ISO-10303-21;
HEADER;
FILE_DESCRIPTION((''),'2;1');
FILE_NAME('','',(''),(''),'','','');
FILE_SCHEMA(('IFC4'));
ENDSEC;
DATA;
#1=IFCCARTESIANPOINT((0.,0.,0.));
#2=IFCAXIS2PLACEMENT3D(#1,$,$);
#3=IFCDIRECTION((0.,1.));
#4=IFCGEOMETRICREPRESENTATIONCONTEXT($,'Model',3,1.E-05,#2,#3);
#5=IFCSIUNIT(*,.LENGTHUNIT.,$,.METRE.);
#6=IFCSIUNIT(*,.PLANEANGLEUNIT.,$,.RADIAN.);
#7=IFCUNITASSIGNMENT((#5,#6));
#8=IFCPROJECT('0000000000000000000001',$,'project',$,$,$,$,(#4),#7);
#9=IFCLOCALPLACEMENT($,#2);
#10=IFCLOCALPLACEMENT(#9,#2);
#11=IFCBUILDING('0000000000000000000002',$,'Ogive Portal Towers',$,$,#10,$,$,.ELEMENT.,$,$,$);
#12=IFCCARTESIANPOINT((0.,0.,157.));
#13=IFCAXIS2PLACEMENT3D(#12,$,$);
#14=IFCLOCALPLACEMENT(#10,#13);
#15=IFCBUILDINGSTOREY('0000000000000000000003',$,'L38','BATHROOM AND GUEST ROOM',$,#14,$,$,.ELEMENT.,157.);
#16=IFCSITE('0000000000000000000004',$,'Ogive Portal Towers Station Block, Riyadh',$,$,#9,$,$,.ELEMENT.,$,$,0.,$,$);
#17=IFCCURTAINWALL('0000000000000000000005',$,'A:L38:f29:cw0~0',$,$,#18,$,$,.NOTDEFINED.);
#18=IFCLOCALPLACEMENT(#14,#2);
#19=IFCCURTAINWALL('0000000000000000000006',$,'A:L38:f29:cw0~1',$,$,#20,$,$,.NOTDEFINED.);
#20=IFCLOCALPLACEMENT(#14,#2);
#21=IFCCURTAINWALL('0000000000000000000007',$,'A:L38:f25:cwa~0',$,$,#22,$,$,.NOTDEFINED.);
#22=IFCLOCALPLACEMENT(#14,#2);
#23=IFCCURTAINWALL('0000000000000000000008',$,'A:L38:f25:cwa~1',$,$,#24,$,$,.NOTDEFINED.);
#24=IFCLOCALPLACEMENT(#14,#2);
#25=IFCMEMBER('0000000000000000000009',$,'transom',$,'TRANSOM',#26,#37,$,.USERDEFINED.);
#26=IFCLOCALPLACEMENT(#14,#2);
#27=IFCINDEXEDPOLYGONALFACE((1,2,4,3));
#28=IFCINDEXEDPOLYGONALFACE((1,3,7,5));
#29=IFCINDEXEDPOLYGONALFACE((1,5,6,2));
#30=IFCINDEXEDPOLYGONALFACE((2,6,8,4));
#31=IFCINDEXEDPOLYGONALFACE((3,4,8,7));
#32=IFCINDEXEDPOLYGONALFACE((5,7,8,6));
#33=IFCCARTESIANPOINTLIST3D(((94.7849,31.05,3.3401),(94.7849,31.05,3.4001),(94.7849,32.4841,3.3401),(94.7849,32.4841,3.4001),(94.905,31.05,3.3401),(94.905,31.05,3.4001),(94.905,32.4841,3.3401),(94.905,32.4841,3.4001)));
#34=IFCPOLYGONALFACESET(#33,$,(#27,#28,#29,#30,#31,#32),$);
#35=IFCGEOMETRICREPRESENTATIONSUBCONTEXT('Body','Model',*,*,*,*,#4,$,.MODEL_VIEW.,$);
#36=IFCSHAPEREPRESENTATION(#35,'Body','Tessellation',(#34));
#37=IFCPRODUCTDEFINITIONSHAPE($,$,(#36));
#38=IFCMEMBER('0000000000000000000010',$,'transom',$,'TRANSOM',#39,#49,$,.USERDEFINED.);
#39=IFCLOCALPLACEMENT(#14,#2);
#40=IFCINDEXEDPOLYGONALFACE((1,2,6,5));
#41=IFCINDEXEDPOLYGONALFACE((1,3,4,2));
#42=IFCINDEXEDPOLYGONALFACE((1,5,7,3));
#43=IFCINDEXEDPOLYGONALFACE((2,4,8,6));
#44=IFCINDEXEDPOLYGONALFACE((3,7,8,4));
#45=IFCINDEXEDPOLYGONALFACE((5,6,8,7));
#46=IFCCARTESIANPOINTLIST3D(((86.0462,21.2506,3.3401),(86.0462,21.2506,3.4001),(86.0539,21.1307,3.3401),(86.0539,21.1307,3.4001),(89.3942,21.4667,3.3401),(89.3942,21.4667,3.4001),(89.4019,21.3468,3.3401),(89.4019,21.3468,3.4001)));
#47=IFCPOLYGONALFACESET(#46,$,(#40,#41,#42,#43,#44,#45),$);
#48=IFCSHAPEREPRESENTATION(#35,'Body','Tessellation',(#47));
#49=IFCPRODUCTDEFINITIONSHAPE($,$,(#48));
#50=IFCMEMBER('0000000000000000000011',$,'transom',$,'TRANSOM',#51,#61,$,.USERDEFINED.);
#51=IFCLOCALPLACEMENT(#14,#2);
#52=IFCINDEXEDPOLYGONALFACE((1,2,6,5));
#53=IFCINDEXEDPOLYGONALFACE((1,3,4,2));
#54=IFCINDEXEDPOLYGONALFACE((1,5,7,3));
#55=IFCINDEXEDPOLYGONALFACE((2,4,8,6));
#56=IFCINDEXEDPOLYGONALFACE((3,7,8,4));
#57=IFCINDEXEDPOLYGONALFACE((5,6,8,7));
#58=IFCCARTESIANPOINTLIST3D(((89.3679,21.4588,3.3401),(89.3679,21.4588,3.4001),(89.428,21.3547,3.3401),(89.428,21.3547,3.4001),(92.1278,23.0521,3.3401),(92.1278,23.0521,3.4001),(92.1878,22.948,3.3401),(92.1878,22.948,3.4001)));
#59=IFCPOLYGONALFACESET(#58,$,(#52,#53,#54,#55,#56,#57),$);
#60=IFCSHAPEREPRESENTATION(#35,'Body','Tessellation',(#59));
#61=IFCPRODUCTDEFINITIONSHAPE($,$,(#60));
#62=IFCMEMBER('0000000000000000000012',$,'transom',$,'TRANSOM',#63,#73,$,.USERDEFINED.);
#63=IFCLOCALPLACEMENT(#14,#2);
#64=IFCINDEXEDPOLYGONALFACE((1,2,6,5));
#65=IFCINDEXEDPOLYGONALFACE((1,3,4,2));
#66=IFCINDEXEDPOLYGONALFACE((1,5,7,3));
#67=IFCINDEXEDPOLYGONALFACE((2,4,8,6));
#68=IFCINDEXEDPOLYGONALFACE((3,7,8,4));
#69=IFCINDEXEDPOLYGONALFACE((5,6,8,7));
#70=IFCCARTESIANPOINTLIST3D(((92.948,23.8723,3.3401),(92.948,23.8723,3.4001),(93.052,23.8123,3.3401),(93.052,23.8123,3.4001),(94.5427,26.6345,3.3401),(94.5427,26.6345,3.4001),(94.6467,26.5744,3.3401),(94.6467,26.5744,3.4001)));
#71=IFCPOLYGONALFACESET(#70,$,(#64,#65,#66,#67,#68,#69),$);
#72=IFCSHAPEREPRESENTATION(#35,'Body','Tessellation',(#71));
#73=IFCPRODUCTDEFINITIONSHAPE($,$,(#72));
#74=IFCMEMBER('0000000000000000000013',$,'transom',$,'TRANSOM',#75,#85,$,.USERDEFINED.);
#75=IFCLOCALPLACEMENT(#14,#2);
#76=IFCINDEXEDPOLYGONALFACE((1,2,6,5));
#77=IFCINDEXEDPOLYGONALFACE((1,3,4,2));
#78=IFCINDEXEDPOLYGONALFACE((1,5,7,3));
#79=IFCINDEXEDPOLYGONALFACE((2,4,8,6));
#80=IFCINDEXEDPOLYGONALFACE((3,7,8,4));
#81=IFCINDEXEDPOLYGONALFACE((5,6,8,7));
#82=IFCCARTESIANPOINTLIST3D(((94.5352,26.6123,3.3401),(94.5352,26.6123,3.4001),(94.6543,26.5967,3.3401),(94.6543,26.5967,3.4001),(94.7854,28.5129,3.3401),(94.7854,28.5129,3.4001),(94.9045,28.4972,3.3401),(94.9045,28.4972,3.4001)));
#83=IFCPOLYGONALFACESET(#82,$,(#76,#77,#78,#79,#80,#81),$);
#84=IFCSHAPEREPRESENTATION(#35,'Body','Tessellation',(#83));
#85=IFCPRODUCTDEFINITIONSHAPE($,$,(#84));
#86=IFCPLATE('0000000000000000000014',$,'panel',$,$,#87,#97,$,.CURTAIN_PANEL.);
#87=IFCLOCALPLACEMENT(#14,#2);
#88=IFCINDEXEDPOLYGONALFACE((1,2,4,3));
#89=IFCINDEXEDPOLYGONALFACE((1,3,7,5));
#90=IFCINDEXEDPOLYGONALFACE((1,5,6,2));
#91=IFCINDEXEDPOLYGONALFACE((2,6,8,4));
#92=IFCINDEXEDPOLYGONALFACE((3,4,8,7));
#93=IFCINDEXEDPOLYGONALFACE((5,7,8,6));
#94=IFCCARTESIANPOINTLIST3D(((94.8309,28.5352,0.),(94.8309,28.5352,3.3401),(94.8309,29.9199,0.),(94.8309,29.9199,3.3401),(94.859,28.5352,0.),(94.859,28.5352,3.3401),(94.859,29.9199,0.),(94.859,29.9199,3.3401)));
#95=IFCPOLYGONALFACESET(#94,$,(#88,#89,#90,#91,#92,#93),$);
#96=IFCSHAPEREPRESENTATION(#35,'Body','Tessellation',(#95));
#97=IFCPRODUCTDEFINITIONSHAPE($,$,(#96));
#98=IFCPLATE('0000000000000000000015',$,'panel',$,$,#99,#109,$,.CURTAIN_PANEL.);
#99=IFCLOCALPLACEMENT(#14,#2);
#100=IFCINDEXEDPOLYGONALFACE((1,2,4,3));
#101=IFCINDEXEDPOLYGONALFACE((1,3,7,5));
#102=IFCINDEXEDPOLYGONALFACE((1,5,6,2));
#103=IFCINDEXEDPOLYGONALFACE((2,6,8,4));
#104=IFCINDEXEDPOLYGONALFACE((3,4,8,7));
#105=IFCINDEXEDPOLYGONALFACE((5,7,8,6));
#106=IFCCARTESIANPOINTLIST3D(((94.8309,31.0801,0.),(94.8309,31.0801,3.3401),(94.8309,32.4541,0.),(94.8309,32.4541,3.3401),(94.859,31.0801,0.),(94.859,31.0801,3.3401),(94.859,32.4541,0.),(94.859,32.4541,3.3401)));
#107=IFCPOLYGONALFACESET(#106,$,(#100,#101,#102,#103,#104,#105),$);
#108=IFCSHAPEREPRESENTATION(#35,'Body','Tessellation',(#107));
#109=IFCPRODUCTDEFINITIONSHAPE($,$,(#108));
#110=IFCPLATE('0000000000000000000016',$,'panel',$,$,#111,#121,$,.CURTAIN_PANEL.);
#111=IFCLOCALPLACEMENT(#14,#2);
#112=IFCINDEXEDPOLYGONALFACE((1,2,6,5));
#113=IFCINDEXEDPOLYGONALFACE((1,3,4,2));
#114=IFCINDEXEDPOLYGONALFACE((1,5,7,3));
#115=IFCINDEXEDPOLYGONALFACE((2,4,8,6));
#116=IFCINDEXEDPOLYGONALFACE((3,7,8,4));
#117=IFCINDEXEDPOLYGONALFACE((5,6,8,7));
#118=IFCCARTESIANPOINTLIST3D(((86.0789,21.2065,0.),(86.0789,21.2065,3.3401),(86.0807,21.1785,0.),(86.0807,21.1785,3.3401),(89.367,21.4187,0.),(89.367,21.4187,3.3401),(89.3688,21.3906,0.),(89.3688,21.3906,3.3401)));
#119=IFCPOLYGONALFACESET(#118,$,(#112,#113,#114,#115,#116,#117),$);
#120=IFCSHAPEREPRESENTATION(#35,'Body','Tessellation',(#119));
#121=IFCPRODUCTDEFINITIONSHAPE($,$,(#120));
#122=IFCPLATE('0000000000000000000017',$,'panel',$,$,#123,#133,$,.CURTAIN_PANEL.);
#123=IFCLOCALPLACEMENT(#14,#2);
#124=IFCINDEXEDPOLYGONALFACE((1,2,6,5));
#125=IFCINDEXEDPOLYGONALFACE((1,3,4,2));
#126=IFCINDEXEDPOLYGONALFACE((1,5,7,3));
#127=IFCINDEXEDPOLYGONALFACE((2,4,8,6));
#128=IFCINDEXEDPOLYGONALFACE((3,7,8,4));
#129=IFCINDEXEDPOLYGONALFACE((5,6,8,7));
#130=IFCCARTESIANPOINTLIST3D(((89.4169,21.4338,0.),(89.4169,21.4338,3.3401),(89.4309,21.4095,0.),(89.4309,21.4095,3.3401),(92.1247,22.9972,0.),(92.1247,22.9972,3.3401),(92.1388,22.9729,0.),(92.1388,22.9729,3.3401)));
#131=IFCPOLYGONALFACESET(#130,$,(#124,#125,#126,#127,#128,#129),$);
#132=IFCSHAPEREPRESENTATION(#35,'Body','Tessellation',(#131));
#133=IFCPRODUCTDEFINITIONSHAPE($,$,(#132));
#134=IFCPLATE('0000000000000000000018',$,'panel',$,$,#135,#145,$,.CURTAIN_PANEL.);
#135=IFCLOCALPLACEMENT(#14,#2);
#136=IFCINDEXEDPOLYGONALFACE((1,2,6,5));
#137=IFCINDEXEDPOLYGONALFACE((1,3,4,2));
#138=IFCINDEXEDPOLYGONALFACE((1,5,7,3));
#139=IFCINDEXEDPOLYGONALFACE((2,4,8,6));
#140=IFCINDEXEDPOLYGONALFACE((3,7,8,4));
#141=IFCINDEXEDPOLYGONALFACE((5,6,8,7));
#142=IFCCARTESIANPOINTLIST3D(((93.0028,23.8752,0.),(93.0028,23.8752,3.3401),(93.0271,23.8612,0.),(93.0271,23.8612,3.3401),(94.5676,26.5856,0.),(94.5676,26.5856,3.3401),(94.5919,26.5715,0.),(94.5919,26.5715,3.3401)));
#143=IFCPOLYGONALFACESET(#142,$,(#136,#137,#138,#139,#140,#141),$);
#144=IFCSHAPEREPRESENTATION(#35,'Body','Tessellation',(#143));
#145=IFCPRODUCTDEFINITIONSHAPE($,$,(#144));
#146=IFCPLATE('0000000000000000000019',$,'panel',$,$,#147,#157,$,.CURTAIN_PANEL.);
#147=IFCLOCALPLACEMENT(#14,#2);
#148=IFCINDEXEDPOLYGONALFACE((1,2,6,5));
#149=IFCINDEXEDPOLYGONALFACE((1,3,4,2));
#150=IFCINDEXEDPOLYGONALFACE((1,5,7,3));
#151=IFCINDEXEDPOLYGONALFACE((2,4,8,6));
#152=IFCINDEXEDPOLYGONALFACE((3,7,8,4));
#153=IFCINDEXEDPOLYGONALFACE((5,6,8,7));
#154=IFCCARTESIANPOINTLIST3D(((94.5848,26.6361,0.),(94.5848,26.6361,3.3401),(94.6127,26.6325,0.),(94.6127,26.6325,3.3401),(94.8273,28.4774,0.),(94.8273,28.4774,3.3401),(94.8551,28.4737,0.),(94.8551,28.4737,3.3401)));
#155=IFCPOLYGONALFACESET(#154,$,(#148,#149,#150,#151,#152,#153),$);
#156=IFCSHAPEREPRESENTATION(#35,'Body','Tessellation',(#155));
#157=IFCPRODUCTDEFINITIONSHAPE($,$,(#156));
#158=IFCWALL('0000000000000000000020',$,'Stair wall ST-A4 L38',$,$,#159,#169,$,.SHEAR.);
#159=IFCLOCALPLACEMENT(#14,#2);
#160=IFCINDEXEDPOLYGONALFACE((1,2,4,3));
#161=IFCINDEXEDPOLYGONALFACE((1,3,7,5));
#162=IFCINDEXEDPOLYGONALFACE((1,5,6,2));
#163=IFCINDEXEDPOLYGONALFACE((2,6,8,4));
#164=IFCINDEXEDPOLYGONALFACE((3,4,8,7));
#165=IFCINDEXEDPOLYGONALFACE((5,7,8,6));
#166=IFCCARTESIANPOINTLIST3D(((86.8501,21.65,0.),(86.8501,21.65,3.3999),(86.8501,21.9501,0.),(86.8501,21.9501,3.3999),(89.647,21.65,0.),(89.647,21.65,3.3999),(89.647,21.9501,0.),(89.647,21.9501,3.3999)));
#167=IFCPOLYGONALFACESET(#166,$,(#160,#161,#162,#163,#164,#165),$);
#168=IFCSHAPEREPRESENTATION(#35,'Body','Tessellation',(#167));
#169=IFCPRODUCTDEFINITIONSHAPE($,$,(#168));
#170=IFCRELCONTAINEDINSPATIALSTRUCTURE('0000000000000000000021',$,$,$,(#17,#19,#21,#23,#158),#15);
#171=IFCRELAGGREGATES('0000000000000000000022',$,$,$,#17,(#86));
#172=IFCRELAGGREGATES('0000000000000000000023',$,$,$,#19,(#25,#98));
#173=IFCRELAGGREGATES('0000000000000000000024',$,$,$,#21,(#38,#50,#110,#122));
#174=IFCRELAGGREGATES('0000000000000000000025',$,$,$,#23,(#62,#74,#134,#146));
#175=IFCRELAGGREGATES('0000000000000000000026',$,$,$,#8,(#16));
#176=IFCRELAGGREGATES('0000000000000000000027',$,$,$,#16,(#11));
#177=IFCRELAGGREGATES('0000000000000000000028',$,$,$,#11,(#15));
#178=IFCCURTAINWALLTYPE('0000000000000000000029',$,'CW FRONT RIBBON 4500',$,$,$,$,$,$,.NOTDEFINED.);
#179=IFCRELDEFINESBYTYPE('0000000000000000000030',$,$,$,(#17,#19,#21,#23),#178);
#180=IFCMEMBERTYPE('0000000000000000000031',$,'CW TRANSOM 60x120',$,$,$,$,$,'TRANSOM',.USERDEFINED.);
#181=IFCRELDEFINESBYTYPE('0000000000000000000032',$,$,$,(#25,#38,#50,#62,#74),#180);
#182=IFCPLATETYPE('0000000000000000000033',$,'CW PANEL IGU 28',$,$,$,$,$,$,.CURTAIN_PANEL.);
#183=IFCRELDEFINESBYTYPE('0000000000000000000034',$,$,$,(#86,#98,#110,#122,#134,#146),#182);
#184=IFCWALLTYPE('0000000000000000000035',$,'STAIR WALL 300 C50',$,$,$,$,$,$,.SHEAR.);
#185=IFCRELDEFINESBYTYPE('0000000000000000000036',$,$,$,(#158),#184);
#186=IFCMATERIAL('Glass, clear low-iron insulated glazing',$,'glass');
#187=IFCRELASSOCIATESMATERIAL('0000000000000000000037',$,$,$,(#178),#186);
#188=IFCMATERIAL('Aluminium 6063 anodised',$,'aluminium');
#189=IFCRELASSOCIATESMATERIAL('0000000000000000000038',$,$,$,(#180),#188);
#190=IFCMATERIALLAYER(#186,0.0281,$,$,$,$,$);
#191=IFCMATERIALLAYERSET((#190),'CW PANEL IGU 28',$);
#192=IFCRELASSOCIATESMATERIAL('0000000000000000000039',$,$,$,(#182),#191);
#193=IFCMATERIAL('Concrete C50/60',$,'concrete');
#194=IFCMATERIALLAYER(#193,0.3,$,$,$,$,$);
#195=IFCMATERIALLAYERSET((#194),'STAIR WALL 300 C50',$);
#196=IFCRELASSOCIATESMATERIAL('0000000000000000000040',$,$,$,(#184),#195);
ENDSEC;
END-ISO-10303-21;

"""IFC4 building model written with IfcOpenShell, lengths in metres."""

from ifc_helpers import new_model, si_unit, direction, frame, frame_2d, origin, origin_2d, place, context, subcontext, project, spatial, rectangle, extrude, material, layer, layer_set, material_profile, profile_set, type_object, element, aggregate, save


model = new_model("IFC4")

# Units and contexts
model_context = context("Model", 3, precision=1e-05, world=origin(), true_north=direction((0.0, 1.0)))
body_context = subcontext(model_context, "Body", "Model", "MODEL_VIEW")
ifc_project = project(units=[si_unit("LENGTHUNIT", "METRE"), si_unit("PLANEANGLEUNIT", "RADIAN")], contexts=[model_context])

# Site, building, storey
site_placement = place(None, origin())
site = spatial("IfcSite", under=ifc_project, at=site_placement, Name="Ogive Portal Towers Station Block, Riyadh", CompositionType="ELEMENT", RefElevation=0.0)
building_placement = place(site_placement, origin())
building = spatial("IfcBuilding", under=site, at=building_placement, Name="Ogive Portal Towers", CompositionType="ELEMENT")
storey_placement = place(building_placement, frame((0.0, 0.0, 157.0)))
storey = spatial("IfcBuildingStorey", under=building, at=storey_placement, Name="L38", Description="BATHROOM AND GUEST ROOM", CompositionType="ELEMENT", Elevation=157.0)

# Shared definitions
ifc_material_1 = material(Name="Glass, clear low-iron insulated glazing", Category="glass")
ifc_material_2 = material(Name="Aluminium 6063 anodised", Category="aluminium")

# Curtain wall
curtain_wall_type_1 = type_object("IfcCurtainWallType", Name="CW FRONT RIBBON 4500", PredefinedType="NOTDEFINED", material=ifc_material_1)
curtain_wall_1_placement = place(storey_placement, origin())
curtain_wall_1 = element("IfcCurtainWall", 1, at=curtain_wall_1_placement, inside=storey, type_object=curtain_wall_type_1, Name="A:L38:f29:cw0~0", PredefinedType="NOTDEFINED")

# Curtain wall
curtain_wall_2_placement = place(storey_placement, origin())
curtain_wall_2 = element("IfcCurtainWall", 2, at=curtain_wall_2_placement, inside=storey, type_object=curtain_wall_type_1, Name="A:L38:f29:cw0~1", PredefinedType="NOTDEFINED")

# Curtain walls
curtain_wall_3_placement = place(storey_placement, origin())
curtain_wall_3 = element("IfcCurtainWall", 3, at=curtain_wall_3_placement, inside=storey, type_object=curtain_wall_type_1, Name="A:L38:f25:cwa~0", PredefinedType="NOTDEFINED")
curtain_wall_4_placement = place(storey_placement, origin())
curtain_wall_4 = element("IfcCurtainWall", 4, at=curtain_wall_4_placement, inside=storey, type_object=curtain_wall_type_1, Name="A:L38:f25:cwa~1", PredefinedType="NOTDEFINED")

# Members
ifc_material_profile_1 = material_profile(ifc_material_2, rectangle(XDim=0.1201, YDim=0.0601, at=origin_2d()), Name="AL 120x60")
ifc_profile_set_1 = profile_set([ifc_material_profile_1], Name="Aluminium 6063 anodised")
member_type_1 = type_object("IfcMemberType", Name="CW TRANSOM 60x120", ElementType="TRANSOM", PredefinedType="USERDEFINED", material=ifc_profile_set_1)
member_1_placement = place(storey_placement, frame((94.845, 31.05, 3.3701), z_axis=(0.0, 1.0, 0.0), x_axis=(-1.0, 0.0, 0.0)))
member_1 = element("IfcMember", 5, at=member_1_placement, type_object=member_type_1, Name="transom", ObjectType="TRANSOM", PredefinedType="USERDEFINED", context=body_context, shape_type="SweptSolid", body=[
    extrude(rectangle(XDim=0.1201, YDim=0.0601, at=origin_2d()), origin(), (0.0, 0.0, 1.0), 1.4341),
])
member_2_placement = place(storey_placement, frame((86.05, 21.1907, 3.3701), z_axis=(0.997924, 0.064403, 0.0), x_axis=(-0.064403, 0.997924, 0.0)))
member_2 = element("IfcMember", 6, at=member_2_placement, type_object=member_type_1, Name="transom", ObjectType="TRANSOM", PredefinedType="USERDEFINED", context=body_context, shape_type="SweptSolid", body=[
    extrude(rectangle(XDim=0.1201, YDim=0.0601, at=origin_2d()), origin(), (0.0, 0.0, 1.0), 3.355),
])
member_3_placement = place(storey_placement, frame((89.3979, 21.4067, 3.3701), z_axis=(0.866038, 0.499979, 0.0), x_axis=(-0.499979, 0.866038, 0.0)))
member_3 = element("IfcMember", 7, at=member_3_placement, type_object=member_type_1, Name="transom", ObjectType="TRANSOM", PredefinedType="USERDEFINED", context=body_context, shape_type="SweptSolid", body=[
    extrude(rectangle(XDim=0.1201, YDim=0.0601, at=origin_2d()), origin(), (0.0, 0.0, 1.0), 3.1868),
])
member_4_placement = place(storey_placement, frame((93.0, 23.8423, 3.3701), z_axis=(0.499992, 0.86603, 0.0), x_axis=(-0.86603, 0.499992, 0.0)))
member_4 = element("IfcMember", 8, at=member_4_placement, type_object=member_type_1, Name="transom", ObjectType="TRANSOM", PredefinedType="USERDEFINED", context=body_context, shape_type="SweptSolid", body=[
    extrude(rectangle(XDim=0.1201, YDim=0.0601, at=origin_2d()), origin(), (0.0, 0.0, 1.0), 3.1895),
])
member_5_placement = place(storey_placement, frame((94.5947, 26.6045, 3.3701), z_axis=(0.130537, 0.991443, 0.0), x_axis=(-0.991443, 0.130537, 0.0)))
member_5 = element("IfcMember", 9, at=member_5_placement, type_object=member_type_1, Name="transom", ObjectType="TRANSOM", PredefinedType="USERDEFINED", context=body_context, shape_type="SweptSolid", body=[
    extrude(rectangle(XDim=0.1201, YDim=0.0601, at=origin_2d()), origin(), (0.0, 0.0, 1.0), 1.917),
])

# Plates
ifc_layer_1 = layer(ifc_material_1, 0.0281)
ifc_layer_set_1 = layer_set([ifc_layer_1], Name="CW PANEL IGU 28")
plate_type = type_object("IfcPlateType", Name="CW PANEL IGU 28", PredefinedType="CURTAIN_PANEL", material=ifc_layer_set_1)
plate_1_placement = place(storey_placement, frame((94.845, 29.2275, 0.0), z_axis=(0.0, 0.0, 1.0), x_axis=(0.0, 1.0, 0.0)))
plate_1 = element("IfcPlate", 10, at=plate_1_placement, type_object=plate_type, Name="panel", PredefinedType="CURTAIN_PANEL", context=body_context, shape_type="SweptSolid", body=[
    extrude(rectangle(XDim=1.3848, YDim=0.0281, at=origin_2d()), origin(), (0.0, 0.0, 1.0), 3.3401),
])
aggregate(curtain_wall_1, [plate_1])
plate_2_placement = place(storey_placement, frame((94.845, 31.7671, 0.0), z_axis=(0.0, 0.0, 1.0), x_axis=(0.0, 1.0, 0.0)))
plate_2 = element("IfcPlate", 11, at=plate_2_placement, type_object=plate_type, Name="panel", PredefinedType="CURTAIN_PANEL", context=body_context, shape_type="SweptSolid", body=[
    extrude(rectangle(XDim=1.374, YDim=0.0281, at=origin_2d()), origin(), (0.0, 0.0, 1.0), 3.3401),
])
aggregate(curtain_wall_2, [member_1, plate_2])
plate_3_placement = place(storey_placement, frame((87.7239, 21.2986, 0.0), z_axis=(0.0, 0.0, 1.0), x_axis=(0.997926, 0.064379, 0.0)))
plate_3 = element("IfcPlate", 12, at=plate_3_placement, type_object=plate_type, Name="panel", PredefinedType="CURTAIN_PANEL", context=body_context, shape_type="SweptSolid", body=[
    extrude(rectangle(XDim=3.2949, YDim=0.0281, at=origin_2d()), origin(), (0.0, 0.0, 1.0), 3.3401),
])
plate_4_placement = place(storey_placement, frame((90.7778, 22.2034, 0.0), z_axis=(0.0, 0.0, 1.0), x_axis=(0.866025, 0.5, 0.0)))
plate_4 = element("IfcPlate", 13, at=plate_4_placement, type_object=plate_type, Name="panel", PredefinedType="CURTAIN_PANEL", context=body_context, shape_type="SweptSolid", body=[
    extrude(rectangle(XDim=3.1267, YDim=0.0281, at=origin_2d()), origin(), (0.0, 0.0, 1.0), 3.3401),
])
aggregate(curtain_wall_3, [member_2, member_3, plate_3, plate_4])
plate_5_placement = place(storey_placement, frame((93.7974, 25.2234, 0.0), z_axis=(0.0, 0.0, 1.0), x_axis=(0.5, 0.866025, 0.0)))
plate_5 = element("IfcPlate", 14, at=plate_5_placement, type_object=plate_type, Name="panel", PredefinedType="CURTAIN_PANEL", context=body_context, shape_type="SweptSolid", body=[
    extrude(rectangle(XDim=3.1296, YDim=0.0281, at=origin_2d()), origin(), (0.0, 0.0, 1.0), 3.3401),
])
plate_6_placement = place(storey_placement, frame((94.72, 27.5549, 0.0), z_axis=(0.0, 0.0, 1.0), x_axis=(0.130526, 0.991445, 0.0)))
plate_6 = element("IfcPlate", 15, at=plate_6_placement, type_object=plate_type, Name="panel", PredefinedType="CURTAIN_PANEL", context=body_context, shape_type="SweptSolid", body=[
    extrude(rectangle(XDim=1.8572, YDim=0.0281, at=origin_2d()), origin(), (0.0, 0.0, 1.0), 3.3401),
])
aggregate(curtain_wall_4, [member_4, member_5, plate_5, plate_6])

# Wall
ifc_material_3 = material(Name="Concrete C50/60", Category="concrete")
ifc_layer_2 = layer(ifc_material_3, 0.3)
ifc_layer_set_2 = layer_set([ifc_layer_2], Name="STAIR WALL 300 C50")
wall_type_1 = type_object("IfcWallType", Name="STAIR WALL 300 C50", PredefinedType="SHEAR", material=ifc_layer_set_2)
wall_1_placement = place(storey_placement, frame((86.8501, 21.8, 0.0), z_axis=(0.0, 0.0, 1.0), x_axis=(1.0, 0.0, 0.0)))
element("IfcWall", 16, at=wall_1_placement, inside=storey, type_object=wall_type_1, Name="Stair wall ST-A4 L38", PredefinedType="SHEAR", context=body_context, shape_type="SweptSolid", body=[
    extrude(rectangle(XDim=2.7969, YDim=0.3, at=frame_2d((1.3984, 0.0))), origin(), (0.0, 0.0, 1.0), 3.3999),
])

save(model, "model.ifc")
